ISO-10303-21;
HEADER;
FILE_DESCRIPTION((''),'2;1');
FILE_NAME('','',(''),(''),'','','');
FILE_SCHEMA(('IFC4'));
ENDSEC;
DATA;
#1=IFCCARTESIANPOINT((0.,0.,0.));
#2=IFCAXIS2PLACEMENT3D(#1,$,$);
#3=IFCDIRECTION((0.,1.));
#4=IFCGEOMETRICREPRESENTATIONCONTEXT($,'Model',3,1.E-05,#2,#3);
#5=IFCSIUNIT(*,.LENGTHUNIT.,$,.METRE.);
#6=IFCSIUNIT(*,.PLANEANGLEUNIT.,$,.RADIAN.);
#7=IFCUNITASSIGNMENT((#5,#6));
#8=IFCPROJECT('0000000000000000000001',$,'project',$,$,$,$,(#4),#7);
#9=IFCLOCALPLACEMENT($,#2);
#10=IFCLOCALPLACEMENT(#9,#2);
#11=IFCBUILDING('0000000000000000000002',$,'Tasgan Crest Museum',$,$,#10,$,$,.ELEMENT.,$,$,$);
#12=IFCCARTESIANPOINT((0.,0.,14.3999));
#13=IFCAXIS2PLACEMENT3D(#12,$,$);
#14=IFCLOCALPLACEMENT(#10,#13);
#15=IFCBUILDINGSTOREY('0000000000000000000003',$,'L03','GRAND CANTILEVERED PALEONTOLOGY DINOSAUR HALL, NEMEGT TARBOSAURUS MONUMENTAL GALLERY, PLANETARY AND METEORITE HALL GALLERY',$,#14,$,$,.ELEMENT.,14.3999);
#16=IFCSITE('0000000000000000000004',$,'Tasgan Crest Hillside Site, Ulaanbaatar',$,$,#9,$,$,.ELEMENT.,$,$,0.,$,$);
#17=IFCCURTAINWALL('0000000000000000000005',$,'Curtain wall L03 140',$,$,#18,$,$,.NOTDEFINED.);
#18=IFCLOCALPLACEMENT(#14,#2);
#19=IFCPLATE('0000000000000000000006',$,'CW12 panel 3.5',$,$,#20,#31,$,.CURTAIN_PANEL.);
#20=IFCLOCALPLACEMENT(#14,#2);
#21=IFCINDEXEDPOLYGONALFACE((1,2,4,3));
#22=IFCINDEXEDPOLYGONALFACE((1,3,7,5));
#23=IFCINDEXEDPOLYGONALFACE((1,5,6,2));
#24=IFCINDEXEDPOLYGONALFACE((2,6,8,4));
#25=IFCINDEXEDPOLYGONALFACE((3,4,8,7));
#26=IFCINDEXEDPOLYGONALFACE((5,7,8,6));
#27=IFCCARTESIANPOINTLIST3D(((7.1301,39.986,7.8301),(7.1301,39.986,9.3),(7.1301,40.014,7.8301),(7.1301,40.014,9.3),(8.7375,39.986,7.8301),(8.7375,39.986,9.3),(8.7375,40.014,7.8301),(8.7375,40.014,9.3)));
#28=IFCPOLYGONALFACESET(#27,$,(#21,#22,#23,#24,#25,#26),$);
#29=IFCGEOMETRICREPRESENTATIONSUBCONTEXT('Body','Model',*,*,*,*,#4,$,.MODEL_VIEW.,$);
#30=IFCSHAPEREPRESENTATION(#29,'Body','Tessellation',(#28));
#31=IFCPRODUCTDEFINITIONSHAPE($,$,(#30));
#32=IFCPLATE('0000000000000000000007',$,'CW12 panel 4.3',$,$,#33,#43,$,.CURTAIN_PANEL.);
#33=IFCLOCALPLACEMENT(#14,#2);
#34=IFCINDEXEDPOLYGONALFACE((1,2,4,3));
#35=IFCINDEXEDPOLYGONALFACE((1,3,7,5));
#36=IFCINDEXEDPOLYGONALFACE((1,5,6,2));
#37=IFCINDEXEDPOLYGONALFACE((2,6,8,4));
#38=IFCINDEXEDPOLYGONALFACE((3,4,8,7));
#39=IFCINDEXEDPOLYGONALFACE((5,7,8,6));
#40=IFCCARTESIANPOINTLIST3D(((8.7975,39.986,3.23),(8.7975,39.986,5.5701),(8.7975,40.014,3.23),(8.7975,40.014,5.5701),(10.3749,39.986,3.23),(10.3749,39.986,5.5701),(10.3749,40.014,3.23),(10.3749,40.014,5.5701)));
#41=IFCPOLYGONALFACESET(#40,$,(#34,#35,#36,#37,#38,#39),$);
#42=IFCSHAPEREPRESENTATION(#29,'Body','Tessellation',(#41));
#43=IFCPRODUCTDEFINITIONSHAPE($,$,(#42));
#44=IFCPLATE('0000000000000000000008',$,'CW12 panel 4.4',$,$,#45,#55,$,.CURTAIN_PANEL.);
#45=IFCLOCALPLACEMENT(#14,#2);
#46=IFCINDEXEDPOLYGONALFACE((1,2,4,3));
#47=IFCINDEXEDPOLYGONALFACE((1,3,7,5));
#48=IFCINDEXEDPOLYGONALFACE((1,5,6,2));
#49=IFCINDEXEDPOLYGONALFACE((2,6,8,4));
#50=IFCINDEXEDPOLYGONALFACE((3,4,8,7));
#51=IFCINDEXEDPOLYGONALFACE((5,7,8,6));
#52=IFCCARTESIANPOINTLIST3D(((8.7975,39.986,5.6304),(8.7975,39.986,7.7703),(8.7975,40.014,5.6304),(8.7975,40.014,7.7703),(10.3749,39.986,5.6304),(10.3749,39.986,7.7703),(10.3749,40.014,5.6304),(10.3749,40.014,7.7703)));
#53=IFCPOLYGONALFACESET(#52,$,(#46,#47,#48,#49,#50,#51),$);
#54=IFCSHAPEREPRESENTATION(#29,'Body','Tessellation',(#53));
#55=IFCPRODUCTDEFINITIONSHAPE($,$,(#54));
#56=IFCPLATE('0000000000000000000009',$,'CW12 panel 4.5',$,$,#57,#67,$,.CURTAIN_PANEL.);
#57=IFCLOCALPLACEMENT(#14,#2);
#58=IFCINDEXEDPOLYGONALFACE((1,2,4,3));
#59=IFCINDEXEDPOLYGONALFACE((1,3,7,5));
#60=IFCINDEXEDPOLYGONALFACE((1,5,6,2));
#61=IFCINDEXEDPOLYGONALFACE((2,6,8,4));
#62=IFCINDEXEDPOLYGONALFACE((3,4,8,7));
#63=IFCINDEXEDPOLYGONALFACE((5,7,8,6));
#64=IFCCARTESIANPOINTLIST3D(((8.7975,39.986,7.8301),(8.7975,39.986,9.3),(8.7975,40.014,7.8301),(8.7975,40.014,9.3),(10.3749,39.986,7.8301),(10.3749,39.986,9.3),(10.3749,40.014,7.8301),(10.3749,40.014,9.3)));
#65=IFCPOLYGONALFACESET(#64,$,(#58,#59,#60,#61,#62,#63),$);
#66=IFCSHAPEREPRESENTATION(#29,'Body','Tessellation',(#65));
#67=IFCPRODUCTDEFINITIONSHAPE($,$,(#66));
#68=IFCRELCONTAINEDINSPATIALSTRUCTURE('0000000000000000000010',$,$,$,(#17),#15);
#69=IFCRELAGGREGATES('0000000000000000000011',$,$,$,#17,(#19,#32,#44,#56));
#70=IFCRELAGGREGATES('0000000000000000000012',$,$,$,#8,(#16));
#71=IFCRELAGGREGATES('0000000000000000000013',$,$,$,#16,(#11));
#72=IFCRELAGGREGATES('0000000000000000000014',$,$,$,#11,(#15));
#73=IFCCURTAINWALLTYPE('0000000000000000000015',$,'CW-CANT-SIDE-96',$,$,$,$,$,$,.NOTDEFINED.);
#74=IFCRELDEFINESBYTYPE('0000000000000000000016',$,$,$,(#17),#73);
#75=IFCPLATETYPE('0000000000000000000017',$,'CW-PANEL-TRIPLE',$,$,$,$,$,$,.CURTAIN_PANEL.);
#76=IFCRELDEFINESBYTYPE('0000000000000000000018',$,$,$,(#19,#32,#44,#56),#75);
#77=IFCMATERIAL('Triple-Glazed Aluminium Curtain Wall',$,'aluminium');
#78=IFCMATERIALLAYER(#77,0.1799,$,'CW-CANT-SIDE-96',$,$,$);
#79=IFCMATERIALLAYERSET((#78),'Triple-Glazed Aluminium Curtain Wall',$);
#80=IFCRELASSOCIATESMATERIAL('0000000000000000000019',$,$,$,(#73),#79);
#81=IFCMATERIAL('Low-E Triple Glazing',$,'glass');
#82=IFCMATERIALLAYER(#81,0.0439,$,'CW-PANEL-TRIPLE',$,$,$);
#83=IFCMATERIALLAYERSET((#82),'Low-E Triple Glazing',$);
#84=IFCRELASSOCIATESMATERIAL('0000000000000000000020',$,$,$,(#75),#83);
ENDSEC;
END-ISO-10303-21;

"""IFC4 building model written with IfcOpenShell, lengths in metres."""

from ifc_helpers import new_model, si_unit, direction, frame, origin, origin_2d, place, context, subcontext, project, spatial, rectangle, extrude, material, layer, layer_set, type_object, element, aggregate, save


model = new_model("IFC4")

# Units and contexts
model_context = context("Model", 3, precision=1e-05, world=origin(), true_north=direction((0.0, 1.0)))
body_context = subcontext(model_context, "Body", "Model", "MODEL_VIEW")
ifc_project = project(units=[si_unit("LENGTHUNIT", "METRE"), si_unit("PLANEANGLEUNIT", "RADIAN")], contexts=[model_context])

# Site, building, storey
site_placement = place(None, origin())
site = spatial("IfcSite", under=ifc_project, at=site_placement, Name="Tasgan Crest Hillside Site, Ulaanbaatar", CompositionType="ELEMENT", RefElevation=0.0)
building_placement = place(site_placement, origin())
building = spatial("IfcBuilding", under=site, at=building_placement, Name="Tasgan Crest Museum", CompositionType="ELEMENT")
storey_placement = place(building_placement, frame((0.0, 0.0, 14.3999)))
storey = spatial("IfcBuildingStorey", under=building, at=storey_placement, Name="L03", Description="GRAND CANTILEVERED PALEONTOLOGY DINOSAUR HALL, NEMEGT TARBOSAURUS MONUMENTAL GALLERY, PLANETARY AND METEORITE HALL GALLERY", CompositionType="ELEMENT", Elevation=14.3999)

# Curtain wall
ifc_material_1 = material(Name="Triple-Glazed Aluminium Curtain Wall", Category="aluminium")
ifc_layer_1 = layer(ifc_material_1, 0.1799, Name="CW-CANT-SIDE-96")
ifc_layer_set_1 = layer_set([ifc_layer_1], Name="Triple-Glazed Aluminium Curtain Wall")
curtain_wall_type = type_object("IfcCurtainWallType", Name="CW-CANT-SIDE-96", PredefinedType="NOTDEFINED", material=ifc_layer_set_1)
curtain_wall_placement = place(storey_placement, origin())
curtain_wall = element("IfcCurtainWall", 1, at=curtain_wall_placement, inside=storey, type_object=curtain_wall_type, Name="Curtain wall L03 140", PredefinedType="NOTDEFINED")

# Plates
ifc_material_2 = material(Name="Low-E Triple Glazing", Category="glass")
ifc_layer_2 = layer(ifc_material_2, 0.0439, Name="CW-PANEL-TRIPLE")
ifc_layer_set_2 = layer_set([ifc_layer_2], Name="Low-E Triple Glazing")
plate_type = type_object("IfcPlateType", Name="CW-PANEL-TRIPLE", PredefinedType="CURTAIN_PANEL", material=ifc_layer_set_2)
plate_1_placement = place(storey_placement, frame((7.9338, 40.0, 7.8301), z_axis=(0.0, 0.0, 1.0), x_axis=(1.0, 0.0, 0.0)))
plate_1 = element("IfcPlate", 2, at=plate_1_placement, type_object=plate_type, Name="CW12 panel 3.5", PredefinedType="CURTAIN_PANEL", context=body_context, shape_type="SweptSolid", body=[
    extrude(rectangle(XDim=1.6074, YDim=0.0281, at=origin_2d()), origin(), (0.0, 0.0, 1.0), 1.47),
])
plate_2_placement = place(storey_placement, frame((9.5862, 40.0, 3.23), z_axis=(0.0, 0.0, 1.0), x_axis=(1.0, 0.0, 0.0)))
plate_2 = element("IfcPlate", 3, at=plate_2_placement, type_object=plate_type, Name="CW12 panel 4.3", PredefinedType="CURTAIN_PANEL", context=body_context, shape_type="SweptSolid", body=[
    extrude(rectangle(XDim=1.5774, YDim=0.0281, at=origin_2d()), origin(), (0.0, 0.0, 1.0), 2.3401),
])
plate_3_placement = place(storey_placement, frame((9.5862, 40.0, 5.6304), z_axis=(0.0, 0.0, 1.0), x_axis=(1.0, 0.0, 0.0)))
plate_3 = element("IfcPlate", 4, at=plate_3_placement, type_object=plate_type, Name="CW12 panel 4.4", PredefinedType="CURTAIN_PANEL", context=body_context, shape_type="SweptSolid", body=[
    extrude(rectangle(XDim=1.5774, YDim=0.0281, at=origin_2d()), origin(), (0.0, 0.0, 1.0), 2.1399),
])
plate_4_placement = place(storey_placement, frame((9.5862, 40.0, 7.8301), z_axis=(0.0, 0.0, 1.0), x_axis=(1.0, 0.0, 0.0)))
plate_4 = element("IfcPlate", 5, at=plate_4_placement, type_object=plate_type, Name="CW12 panel 4.5", PredefinedType="CURTAIN_PANEL", context=body_context, shape_type="SweptSolid", body=[
    extrude(rectangle(XDim=1.5774, YDim=0.0281, at=origin_2d()), origin(), (0.0, 0.0, 1.0), 1.47),
])
aggregate(curtain_wall, [plate_1, plate_2, plate_3, plate_4])

save(model, "model.ifc")
